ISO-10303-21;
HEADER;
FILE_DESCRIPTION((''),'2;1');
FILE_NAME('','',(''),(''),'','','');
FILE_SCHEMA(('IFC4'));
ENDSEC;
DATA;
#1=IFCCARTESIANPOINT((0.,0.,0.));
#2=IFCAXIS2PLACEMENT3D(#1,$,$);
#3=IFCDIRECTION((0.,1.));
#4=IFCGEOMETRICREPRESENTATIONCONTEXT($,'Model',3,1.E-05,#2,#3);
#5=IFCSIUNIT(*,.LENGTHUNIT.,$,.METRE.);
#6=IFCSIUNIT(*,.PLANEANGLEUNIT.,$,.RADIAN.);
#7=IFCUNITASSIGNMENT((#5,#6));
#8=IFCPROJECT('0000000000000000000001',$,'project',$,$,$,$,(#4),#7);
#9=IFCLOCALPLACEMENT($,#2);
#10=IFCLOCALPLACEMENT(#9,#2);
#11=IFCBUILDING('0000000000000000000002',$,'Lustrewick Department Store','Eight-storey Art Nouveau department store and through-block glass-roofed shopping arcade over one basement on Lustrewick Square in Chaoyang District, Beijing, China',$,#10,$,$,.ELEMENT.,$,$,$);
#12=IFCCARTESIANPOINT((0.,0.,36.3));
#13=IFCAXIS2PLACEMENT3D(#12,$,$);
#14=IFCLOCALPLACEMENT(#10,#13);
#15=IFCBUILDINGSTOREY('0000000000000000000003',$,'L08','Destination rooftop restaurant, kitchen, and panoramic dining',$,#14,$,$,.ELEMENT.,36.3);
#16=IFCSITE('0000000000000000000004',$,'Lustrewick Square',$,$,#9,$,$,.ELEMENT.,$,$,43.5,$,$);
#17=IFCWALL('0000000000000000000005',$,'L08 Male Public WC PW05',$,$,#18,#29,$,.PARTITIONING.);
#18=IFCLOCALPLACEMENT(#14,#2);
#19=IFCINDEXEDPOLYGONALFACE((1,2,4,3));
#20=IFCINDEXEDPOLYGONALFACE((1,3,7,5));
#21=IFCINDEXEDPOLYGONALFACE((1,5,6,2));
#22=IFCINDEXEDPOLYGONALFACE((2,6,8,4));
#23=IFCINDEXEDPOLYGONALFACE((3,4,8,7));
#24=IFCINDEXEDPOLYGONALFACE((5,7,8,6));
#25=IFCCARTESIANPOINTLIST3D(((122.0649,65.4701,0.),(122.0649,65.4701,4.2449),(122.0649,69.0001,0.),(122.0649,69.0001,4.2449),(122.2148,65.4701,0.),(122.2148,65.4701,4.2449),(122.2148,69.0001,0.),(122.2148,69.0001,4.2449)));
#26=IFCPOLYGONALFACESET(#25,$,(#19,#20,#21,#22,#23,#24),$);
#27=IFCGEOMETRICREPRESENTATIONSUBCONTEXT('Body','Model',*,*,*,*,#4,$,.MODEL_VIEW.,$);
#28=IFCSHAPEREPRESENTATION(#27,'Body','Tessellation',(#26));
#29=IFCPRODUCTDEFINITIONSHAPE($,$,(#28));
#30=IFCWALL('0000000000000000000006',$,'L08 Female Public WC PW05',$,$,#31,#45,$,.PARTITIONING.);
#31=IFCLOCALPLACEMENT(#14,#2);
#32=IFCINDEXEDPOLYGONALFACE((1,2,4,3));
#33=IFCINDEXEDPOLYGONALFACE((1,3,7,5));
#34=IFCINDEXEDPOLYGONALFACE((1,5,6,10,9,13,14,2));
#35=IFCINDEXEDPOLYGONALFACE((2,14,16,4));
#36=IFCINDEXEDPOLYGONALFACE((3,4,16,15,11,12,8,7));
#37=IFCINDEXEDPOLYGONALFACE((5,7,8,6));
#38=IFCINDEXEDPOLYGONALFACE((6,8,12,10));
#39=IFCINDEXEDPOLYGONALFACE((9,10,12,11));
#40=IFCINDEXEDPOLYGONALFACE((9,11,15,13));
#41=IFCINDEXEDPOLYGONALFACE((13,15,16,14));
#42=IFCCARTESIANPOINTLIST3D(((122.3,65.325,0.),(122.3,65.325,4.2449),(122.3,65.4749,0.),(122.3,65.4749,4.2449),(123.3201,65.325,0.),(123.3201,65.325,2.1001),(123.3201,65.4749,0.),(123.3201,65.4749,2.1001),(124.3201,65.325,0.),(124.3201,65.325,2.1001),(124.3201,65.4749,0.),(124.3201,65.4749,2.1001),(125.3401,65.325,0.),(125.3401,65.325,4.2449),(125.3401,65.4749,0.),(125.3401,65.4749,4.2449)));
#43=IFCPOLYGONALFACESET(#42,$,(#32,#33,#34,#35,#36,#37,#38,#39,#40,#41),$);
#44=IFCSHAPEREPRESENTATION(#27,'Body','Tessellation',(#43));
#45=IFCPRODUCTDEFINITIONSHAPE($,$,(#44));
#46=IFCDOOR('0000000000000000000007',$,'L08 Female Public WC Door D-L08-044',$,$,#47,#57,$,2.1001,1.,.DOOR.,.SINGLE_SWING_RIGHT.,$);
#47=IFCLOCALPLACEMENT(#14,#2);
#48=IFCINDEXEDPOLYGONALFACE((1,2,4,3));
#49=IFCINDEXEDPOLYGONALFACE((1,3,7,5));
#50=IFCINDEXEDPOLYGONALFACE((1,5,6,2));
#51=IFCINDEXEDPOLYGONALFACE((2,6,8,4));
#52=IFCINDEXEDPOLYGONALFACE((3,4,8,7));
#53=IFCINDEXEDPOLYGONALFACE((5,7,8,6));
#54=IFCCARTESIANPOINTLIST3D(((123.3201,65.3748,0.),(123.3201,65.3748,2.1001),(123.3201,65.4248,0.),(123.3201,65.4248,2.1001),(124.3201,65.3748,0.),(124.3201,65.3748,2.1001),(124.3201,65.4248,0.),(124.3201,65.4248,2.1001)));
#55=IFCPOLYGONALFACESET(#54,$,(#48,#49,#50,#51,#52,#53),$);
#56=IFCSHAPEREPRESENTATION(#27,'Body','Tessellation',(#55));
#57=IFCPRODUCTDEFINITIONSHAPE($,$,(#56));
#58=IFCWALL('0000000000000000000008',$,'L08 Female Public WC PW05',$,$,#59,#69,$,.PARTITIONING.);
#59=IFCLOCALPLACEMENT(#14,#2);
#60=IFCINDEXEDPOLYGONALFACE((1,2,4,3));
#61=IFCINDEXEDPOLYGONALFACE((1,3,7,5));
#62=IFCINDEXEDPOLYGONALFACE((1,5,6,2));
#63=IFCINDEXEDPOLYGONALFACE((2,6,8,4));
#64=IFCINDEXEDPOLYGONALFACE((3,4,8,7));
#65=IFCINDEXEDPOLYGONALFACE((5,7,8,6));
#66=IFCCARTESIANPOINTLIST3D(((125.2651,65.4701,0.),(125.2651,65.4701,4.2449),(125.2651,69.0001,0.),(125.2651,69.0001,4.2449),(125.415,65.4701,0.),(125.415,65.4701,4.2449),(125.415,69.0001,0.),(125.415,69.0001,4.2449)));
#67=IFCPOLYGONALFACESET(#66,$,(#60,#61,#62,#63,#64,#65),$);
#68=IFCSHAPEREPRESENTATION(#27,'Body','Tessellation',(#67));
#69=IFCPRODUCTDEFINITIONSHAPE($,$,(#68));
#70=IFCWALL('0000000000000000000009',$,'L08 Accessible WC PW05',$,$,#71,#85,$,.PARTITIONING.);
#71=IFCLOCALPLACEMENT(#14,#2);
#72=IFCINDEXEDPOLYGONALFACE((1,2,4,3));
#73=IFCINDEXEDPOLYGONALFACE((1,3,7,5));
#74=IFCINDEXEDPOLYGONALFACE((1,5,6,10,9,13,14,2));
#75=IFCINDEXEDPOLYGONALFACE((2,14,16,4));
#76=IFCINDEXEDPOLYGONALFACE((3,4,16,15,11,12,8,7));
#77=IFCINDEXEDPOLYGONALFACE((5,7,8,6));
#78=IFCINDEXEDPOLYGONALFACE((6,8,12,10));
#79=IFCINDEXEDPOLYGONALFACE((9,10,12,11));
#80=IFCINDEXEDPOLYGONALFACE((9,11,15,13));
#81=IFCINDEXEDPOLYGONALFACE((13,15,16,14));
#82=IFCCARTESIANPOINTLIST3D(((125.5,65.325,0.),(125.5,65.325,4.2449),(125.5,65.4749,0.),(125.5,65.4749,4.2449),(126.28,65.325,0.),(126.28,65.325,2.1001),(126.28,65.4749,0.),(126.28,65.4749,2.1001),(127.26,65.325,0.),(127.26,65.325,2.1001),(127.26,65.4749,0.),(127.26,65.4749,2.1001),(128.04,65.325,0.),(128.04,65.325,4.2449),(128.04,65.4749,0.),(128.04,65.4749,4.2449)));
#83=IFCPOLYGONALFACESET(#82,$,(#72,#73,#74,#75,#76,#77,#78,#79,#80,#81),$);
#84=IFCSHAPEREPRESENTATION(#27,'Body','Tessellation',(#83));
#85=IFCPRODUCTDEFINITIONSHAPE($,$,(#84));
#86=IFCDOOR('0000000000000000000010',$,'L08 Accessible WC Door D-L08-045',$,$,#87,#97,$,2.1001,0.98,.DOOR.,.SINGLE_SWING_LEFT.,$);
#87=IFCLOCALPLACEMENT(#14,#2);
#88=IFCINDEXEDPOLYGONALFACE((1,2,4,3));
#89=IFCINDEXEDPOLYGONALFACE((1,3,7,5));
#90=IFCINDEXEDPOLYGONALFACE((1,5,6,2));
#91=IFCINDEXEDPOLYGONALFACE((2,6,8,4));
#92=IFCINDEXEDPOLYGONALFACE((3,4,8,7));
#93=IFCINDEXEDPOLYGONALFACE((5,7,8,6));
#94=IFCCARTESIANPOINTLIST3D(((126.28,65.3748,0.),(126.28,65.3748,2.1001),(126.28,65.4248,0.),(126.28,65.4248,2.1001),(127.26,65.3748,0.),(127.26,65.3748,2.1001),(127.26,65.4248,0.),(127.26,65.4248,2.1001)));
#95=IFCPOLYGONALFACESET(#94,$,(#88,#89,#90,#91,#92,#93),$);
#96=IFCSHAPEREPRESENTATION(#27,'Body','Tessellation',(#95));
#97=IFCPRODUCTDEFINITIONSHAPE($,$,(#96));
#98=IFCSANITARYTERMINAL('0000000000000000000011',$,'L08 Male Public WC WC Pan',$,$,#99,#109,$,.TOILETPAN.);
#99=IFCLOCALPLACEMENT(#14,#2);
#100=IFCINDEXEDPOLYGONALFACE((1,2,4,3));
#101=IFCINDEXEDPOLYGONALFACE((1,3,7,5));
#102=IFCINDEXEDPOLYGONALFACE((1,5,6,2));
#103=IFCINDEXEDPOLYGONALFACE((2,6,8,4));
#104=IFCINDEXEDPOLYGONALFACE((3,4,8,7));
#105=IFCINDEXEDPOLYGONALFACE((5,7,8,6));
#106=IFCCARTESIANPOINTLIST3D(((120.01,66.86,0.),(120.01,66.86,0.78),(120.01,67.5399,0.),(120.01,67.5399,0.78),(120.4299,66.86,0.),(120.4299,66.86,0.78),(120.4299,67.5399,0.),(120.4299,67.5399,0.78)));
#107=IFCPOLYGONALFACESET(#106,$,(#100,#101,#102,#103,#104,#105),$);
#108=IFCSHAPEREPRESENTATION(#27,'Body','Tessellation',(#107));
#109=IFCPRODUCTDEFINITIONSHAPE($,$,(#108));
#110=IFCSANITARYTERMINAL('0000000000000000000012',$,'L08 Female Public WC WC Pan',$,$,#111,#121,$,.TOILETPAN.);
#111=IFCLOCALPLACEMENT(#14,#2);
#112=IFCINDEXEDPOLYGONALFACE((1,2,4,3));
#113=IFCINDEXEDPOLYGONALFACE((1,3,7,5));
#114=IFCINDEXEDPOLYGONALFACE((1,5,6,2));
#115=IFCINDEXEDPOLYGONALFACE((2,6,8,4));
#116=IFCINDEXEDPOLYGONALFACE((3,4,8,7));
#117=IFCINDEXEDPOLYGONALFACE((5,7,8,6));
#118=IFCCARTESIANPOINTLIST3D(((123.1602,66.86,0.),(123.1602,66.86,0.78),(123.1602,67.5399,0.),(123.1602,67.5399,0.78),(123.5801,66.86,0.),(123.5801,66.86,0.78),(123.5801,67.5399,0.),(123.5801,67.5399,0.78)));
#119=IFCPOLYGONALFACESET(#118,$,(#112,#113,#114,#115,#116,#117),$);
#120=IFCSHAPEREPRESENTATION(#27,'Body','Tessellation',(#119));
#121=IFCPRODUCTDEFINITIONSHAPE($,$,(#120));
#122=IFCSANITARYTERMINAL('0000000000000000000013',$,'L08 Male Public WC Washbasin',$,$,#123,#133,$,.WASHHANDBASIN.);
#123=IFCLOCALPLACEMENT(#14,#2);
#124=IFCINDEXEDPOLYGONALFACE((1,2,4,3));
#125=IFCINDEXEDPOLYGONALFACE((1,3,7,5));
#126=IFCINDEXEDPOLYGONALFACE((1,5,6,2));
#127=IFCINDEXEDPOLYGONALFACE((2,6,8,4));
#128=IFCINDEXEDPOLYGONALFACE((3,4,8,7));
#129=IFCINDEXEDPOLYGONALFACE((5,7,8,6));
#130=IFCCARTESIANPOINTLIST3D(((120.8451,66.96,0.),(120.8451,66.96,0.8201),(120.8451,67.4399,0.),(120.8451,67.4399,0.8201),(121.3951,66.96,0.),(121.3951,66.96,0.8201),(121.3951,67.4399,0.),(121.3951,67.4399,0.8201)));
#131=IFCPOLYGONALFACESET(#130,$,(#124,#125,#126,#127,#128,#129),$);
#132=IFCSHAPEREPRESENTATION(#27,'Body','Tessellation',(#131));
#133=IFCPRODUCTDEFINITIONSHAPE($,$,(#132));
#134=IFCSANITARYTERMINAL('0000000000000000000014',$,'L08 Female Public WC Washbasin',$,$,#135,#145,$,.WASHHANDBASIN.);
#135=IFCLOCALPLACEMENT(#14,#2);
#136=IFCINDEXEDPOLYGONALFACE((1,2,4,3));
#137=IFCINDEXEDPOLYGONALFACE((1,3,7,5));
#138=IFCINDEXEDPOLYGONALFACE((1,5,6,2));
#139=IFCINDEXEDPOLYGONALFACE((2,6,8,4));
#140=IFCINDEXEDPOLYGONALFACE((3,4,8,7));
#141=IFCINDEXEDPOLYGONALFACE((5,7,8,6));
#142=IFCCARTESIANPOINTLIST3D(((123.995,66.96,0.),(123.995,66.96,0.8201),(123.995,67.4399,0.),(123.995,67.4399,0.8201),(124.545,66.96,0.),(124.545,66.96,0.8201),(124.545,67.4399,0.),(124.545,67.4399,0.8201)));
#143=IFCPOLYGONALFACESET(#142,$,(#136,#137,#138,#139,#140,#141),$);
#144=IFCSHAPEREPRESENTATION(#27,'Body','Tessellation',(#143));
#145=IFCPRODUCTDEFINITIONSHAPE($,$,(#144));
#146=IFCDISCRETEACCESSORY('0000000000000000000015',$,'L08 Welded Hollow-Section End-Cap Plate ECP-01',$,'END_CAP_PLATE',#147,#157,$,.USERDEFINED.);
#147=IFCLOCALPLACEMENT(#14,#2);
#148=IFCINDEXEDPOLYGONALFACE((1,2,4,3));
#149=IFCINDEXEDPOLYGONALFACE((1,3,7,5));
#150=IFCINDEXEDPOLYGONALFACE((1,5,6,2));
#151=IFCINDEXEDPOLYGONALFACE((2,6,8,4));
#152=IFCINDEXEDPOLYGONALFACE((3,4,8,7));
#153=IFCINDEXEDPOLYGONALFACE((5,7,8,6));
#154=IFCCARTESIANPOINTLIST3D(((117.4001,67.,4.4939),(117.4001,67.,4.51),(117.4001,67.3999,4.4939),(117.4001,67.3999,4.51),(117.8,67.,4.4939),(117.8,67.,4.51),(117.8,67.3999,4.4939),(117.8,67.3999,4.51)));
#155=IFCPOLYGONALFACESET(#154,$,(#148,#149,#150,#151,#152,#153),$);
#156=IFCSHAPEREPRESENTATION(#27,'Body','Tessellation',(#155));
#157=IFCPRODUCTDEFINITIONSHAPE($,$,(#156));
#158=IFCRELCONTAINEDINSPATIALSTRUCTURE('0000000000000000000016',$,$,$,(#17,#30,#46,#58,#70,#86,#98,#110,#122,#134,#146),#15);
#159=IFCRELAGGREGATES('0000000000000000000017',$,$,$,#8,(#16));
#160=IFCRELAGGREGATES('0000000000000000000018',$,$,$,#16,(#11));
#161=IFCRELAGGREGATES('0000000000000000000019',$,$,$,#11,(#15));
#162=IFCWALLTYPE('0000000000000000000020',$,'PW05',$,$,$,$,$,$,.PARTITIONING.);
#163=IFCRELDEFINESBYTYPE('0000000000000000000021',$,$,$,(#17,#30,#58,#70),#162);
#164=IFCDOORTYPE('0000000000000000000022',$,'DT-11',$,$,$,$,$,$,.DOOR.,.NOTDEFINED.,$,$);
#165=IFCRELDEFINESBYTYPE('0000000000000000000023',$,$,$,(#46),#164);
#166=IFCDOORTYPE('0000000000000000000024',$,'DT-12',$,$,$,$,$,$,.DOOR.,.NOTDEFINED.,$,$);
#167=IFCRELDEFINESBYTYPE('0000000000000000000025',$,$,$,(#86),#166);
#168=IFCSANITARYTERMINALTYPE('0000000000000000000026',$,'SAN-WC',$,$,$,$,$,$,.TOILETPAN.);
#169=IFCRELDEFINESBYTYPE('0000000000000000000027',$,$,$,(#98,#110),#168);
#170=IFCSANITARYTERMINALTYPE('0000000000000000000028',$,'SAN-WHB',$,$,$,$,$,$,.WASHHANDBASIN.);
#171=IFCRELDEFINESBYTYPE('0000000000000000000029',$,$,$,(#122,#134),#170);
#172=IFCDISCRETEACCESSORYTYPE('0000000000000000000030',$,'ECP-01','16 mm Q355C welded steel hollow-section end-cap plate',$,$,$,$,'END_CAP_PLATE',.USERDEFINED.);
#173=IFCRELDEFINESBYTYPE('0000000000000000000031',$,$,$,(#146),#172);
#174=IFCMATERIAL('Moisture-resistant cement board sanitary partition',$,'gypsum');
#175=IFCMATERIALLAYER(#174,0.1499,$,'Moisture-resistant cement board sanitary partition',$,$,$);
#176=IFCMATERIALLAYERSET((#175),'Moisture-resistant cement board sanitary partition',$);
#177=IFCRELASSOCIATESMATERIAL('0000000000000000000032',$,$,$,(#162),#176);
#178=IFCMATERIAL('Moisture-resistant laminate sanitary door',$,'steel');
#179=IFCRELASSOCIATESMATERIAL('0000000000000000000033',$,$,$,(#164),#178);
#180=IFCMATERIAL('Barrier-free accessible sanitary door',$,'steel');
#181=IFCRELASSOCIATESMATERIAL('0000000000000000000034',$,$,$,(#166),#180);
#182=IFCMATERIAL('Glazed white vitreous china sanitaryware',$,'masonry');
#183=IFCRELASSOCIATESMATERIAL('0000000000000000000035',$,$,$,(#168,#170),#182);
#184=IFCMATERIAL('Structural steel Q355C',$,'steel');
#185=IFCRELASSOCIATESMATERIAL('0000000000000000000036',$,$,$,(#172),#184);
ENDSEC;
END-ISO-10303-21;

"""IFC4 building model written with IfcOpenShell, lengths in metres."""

from ifc_helpers import new_model, si_unit, direction, frame, frame_2d, origin, origin_2d, place, context, subcontext, project, spatial, rectangle, extrude, material, layer, layer_set, type_object, element, fill, save


model = new_model("IFC4")

# Units and contexts
model_context = context("Model", 3, precision=1e-05, world=origin(), true_north=direction((0.0, 1.0)))
body_context = subcontext(model_context, "Body", "Model", "MODEL_VIEW")
ifc_project = project(units=[si_unit("LENGTHUNIT", "METRE"), si_unit("PLANEANGLEUNIT", "RADIAN")], contexts=[model_context])

# Site, building, storey
site_placement = place(None, origin())
site = spatial("IfcSite", under=ifc_project, at=site_placement, Name="Lustrewick Square", CompositionType="ELEMENT", RefElevation=43.5)
building_placement = place(site_placement, origin())
building = spatial("IfcBuilding", under=site, at=building_placement, Name="Lustrewick Department Store", Description="Eight-storey Art Nouveau department store and through-block glass-roofed shopping arcade over one basement on Lustrewick Square in Chaoyang District, Beijing, China", CompositionType="ELEMENT")
storey_placement = place(building_placement, frame((0.0, 0.0, 36.3)))
storey = spatial("IfcBuildingStorey", under=building, at=storey_placement, Name="L08", Description="Destination rooftop restaurant, kitchen, and panoramic dining", CompositionType="ELEMENT", Elevation=36.3)

# Shared definitions
ifc_material_1 = material(Name="Structural steel Q355C", Category="steel")

# Shared definitions
ifc_material_2 = material(Name="Moisture-resistant cement board sanitary partition", Category="gypsum")
ifc_layer = layer(ifc_material_2, 0.1499, Name="Moisture-resistant cement board sanitary partition")
ifc_layer_set = layer_set([ifc_layer], Name="Moisture-resistant cement board sanitary partition")
wall_type = type_object("IfcWallType", Name="PW05", PredefinedType="PARTITIONING", material=ifc_layer_set)
ifc_material_3 = material(Name="Moisture-resistant laminate sanitary door", Category="steel")
door_type_1 = type_object("IfcDoorType", Name="DT-11", OperationType="NOTDEFINED", PredefinedType="DOOR", material=ifc_material_3)

# Wall
wall_1_placement = place(storey_placement, frame((122.1399, 65.47, 0.0), z_axis=(0.0, 0.0, 1.0), x_axis=(0.0, 1.0, 0.0)))
element("IfcWall", 1, at=wall_1_placement, inside=storey, type_object=wall_type, Name="L08 Male Public WC PW05", PredefinedType="PARTITIONING", context=body_context, shape_type="SweptSolid", body=[
    extrude(rectangle(XDim=3.53, YDim=0.1499, at=frame_2d((1.7651, 0.0))), origin(), (0.0, 0.0, 1.0), 4.2449),
])

# Wall, opening, door
wall_2_placement = place(storey_placement, frame((122.3, 65.3999, 0.0), z_axis=(0.0, 0.0, 1.0), x_axis=(1.0, 0.0, 0.0)))
wall_2 = element("IfcWall", 2, at=wall_2_placement, inside=storey, type_object=wall_type, Name="L08 Female Public WC PW05", PredefinedType="PARTITIONING", context=body_context, shape_type="SweptSolid", body=[
    extrude(rectangle(XDim=3.04, YDim=0.1499, at=frame_2d((1.52, 0.0))), origin(), (0.0, 0.0, 1.0), 4.2449),
])
opening_1_placement = place(wall_2_placement, frame((1.02, 0.0, 0.0)))
opening_1 = element("IfcOpeningElement", 3, at=opening_1_placement, cuts=wall_2, PredefinedType="OPENING", context=body_context, shape_type="SweptSolid", body=[
    extrude(rectangle(XDim=1.0, YDim=2.1001, at=frame_2d((0.5, 1.05))), frame((0.0, 0.085, 0.0), z_axis=(0.0, -1.0, 0.0), x_axis=(1.0, 0.0, 0.0)), (0.0, 0.0, 1.0), 0.1699),
])
door_1_placement = place(opening_1_placement, origin())
door_1 = element("IfcDoor", 4, at=door_1_placement, inside=storey, type_object=door_type_1, Name="L08 Female Public WC Door D-L08-044", OperationType="SINGLE_SWING_RIGHT", OverallHeight=2.1001, OverallWidth=1.0, PredefinedType="DOOR", context=body_context, shape_type="SweptSolid", body=[
    extrude(rectangle(XDim=1.0, YDim=2.1001, at=frame_2d((0.5, 1.05))), frame((0.0, 0.0249, 0.0), z_axis=(0.0, -1.0, 0.0), x_axis=(1.0, 0.0, 0.0)), (0.0, 0.0, 1.0), 0.05),
])
fill(opening_1, door_1)

# Wall
wall_3_placement = place(storey_placement, frame((125.3401, 65.47, 0.0), z_axis=(0.0, 0.0, 1.0), x_axis=(0.0, 1.0, 0.0)))
element("IfcWall", 5, at=wall_3_placement, inside=storey, type_object=wall_type, Name="L08 Female Public WC PW05", PredefinedType="PARTITIONING", context=body_context, shape_type="SweptSolid", body=[
    extrude(rectangle(XDim=3.53, YDim=0.1499, at=frame_2d((1.7651, 0.0))), origin(), (0.0, 0.0, 1.0), 4.2449),
])

# Wall, opening, door
wall_4_placement = place(storey_placement, frame((125.5, 65.3999, 0.0), z_axis=(0.0, 0.0, 1.0), x_axis=(1.0, 0.0, 0.0)))
wall_4 = element("IfcWall", 6, at=wall_4_placement, inside=storey, type_object=wall_type, Name="L08 Accessible WC PW05", PredefinedType="PARTITIONING", context=body_context, shape_type="SweptSolid", body=[
    extrude(rectangle(XDim=2.54, YDim=0.1499, at=frame_2d((1.27, 0.0))), origin(), (0.0, 0.0, 1.0), 4.2449),
])
opening_2_placement = place(wall_4_placement, frame((0.78, 0.0, 0.0)))
opening_2 = element("IfcOpeningElement", 7, at=opening_2_placement, cuts=wall_4, PredefinedType="OPENING", context=body_context, shape_type="SweptSolid", body=[
    extrude(rectangle(XDim=0.98, YDim=2.1001, at=frame_2d((0.49, 1.05))), frame((0.0, 0.085, 0.0), z_axis=(0.0, -1.0, 0.0), x_axis=(1.0, 0.0, 0.0)), (0.0, 0.0, 1.0), 0.1699),
])
ifc_material_4 = material(Name="Barrier-free accessible sanitary door", Category="steel")
door_type_2 = type_object("IfcDoorType", Name="DT-12", OperationType="NOTDEFINED", PredefinedType="DOOR", material=ifc_material_4)
door_2_placement = place(opening_2_placement, origin())
door_2 = element("IfcDoor", 8, at=door_2_placement, inside=storey, type_object=door_type_2, Name="L08 Accessible WC Door D-L08-045", OperationType="SINGLE_SWING_LEFT", OverallHeight=2.1001, OverallWidth=0.98, PredefinedType="DOOR", context=body_context, shape_type="SweptSolid", body=[
    extrude(rectangle(XDim=0.98, YDim=2.1001, at=frame_2d((0.49, 1.05))), frame((0.0, 0.0249, 0.0), z_axis=(0.0, -1.0, 0.0), x_axis=(1.0, 0.0, 0.0)), (0.0, 0.0, 1.0), 0.05),
])
fill(opening_2, door_2)

# Sanitary terminals
ifc_material_5 = material(Name="Glazed white vitreous china sanitaryware", Category="masonry")
sanitary_terminal_type_1 = type_object("IfcSanitaryTerminalType", Name="SAN-WC", PredefinedType="TOILETPAN", material=ifc_material_5)
for number, where, z_axis, x_axis, name in (
    (9, (120.22, 67.2, 0.0), (0.0, 0.0, 1.0), (1.0, 0.0, 0.0), "L08 Male Public WC WC Pan"),
    (10, (123.3701, 67.2, 0.0), (0.0, 0.0, 1.0), (1.0, 0.0, 0.0), "L08 Female Public WC WC Pan"),
):
    element("IfcSanitaryTerminal", number, at=place(storey_placement, frame(where, z_axis=z_axis, x_axis=x_axis)), inside=storey, type_object=sanitary_terminal_type_1, Name=name, PredefinedType="TOILETPAN", context=body_context, shape_type="SweptSolid", body=[
        extrude(rectangle(XDim=0.4199, YDim=0.6799, at=origin_2d()), origin(), (0.0, 0.0, 1.0), 0.78),
    ])
sanitary_terminal_type_2 = type_object("IfcSanitaryTerminalType", Name="SAN-WHB", PredefinedType="WASHHANDBASIN", material=ifc_material_5)
for number, where, z_axis, x_axis, name in (
    (11, (121.1201, 67.2, 0.0), (0.0, 0.0, 1.0), (1.0, 0.0, 0.0), "L08 Male Public WC Washbasin"),
    (12, (124.27, 67.2, 0.0), (0.0, 0.0, 1.0), (1.0, 0.0, 0.0), "L08 Female Public WC Washbasin"),
):
    element("IfcSanitaryTerminal", number, at=place(storey_placement, frame(where, z_axis=z_axis, x_axis=x_axis)), inside=storey, type_object=sanitary_terminal_type_2, Name=name, PredefinedType="WASHHANDBASIN", context=body_context, shape_type="SweptSolid", body=[
        extrude(rectangle(XDim=0.55, YDim=0.48, at=origin_2d()), origin(), (0.0, 0.0, 1.0), 0.8201),
    ])

# Discrete accessory
discrete_accessory_type = type_object("IfcDiscreteAccessoryType", Name="ECP-01", Description="16 mm Q355C welded steel hollow-section end-cap plate", ElementType="END_CAP_PLATE", PredefinedType="USERDEFINED", material=ifc_material_1)
discrete_accessory_placement = place(storey_placement, frame((117.6001, 67.2, 4.4939), z_axis=(0.0, 0.0, 1.0), x_axis=(1.0, 0.0, 0.0)))
element("IfcDiscreteAccessory", 13, at=discrete_accessory_placement, inside=storey, type_object=discrete_accessory_type, Name="L08 Welded Hollow-Section End-Cap Plate ECP-01", ObjectType="END_CAP_PLATE", PredefinedType="USERDEFINED", context=body_context, shape_type="SweptSolid", body=[
    extrude(rectangle(XDim=0.3999, YDim=0.3999, at=origin_2d()), origin(), (0.0, 0.0, 1.0), 0.0161),
])

save(model, "model.ifc")
